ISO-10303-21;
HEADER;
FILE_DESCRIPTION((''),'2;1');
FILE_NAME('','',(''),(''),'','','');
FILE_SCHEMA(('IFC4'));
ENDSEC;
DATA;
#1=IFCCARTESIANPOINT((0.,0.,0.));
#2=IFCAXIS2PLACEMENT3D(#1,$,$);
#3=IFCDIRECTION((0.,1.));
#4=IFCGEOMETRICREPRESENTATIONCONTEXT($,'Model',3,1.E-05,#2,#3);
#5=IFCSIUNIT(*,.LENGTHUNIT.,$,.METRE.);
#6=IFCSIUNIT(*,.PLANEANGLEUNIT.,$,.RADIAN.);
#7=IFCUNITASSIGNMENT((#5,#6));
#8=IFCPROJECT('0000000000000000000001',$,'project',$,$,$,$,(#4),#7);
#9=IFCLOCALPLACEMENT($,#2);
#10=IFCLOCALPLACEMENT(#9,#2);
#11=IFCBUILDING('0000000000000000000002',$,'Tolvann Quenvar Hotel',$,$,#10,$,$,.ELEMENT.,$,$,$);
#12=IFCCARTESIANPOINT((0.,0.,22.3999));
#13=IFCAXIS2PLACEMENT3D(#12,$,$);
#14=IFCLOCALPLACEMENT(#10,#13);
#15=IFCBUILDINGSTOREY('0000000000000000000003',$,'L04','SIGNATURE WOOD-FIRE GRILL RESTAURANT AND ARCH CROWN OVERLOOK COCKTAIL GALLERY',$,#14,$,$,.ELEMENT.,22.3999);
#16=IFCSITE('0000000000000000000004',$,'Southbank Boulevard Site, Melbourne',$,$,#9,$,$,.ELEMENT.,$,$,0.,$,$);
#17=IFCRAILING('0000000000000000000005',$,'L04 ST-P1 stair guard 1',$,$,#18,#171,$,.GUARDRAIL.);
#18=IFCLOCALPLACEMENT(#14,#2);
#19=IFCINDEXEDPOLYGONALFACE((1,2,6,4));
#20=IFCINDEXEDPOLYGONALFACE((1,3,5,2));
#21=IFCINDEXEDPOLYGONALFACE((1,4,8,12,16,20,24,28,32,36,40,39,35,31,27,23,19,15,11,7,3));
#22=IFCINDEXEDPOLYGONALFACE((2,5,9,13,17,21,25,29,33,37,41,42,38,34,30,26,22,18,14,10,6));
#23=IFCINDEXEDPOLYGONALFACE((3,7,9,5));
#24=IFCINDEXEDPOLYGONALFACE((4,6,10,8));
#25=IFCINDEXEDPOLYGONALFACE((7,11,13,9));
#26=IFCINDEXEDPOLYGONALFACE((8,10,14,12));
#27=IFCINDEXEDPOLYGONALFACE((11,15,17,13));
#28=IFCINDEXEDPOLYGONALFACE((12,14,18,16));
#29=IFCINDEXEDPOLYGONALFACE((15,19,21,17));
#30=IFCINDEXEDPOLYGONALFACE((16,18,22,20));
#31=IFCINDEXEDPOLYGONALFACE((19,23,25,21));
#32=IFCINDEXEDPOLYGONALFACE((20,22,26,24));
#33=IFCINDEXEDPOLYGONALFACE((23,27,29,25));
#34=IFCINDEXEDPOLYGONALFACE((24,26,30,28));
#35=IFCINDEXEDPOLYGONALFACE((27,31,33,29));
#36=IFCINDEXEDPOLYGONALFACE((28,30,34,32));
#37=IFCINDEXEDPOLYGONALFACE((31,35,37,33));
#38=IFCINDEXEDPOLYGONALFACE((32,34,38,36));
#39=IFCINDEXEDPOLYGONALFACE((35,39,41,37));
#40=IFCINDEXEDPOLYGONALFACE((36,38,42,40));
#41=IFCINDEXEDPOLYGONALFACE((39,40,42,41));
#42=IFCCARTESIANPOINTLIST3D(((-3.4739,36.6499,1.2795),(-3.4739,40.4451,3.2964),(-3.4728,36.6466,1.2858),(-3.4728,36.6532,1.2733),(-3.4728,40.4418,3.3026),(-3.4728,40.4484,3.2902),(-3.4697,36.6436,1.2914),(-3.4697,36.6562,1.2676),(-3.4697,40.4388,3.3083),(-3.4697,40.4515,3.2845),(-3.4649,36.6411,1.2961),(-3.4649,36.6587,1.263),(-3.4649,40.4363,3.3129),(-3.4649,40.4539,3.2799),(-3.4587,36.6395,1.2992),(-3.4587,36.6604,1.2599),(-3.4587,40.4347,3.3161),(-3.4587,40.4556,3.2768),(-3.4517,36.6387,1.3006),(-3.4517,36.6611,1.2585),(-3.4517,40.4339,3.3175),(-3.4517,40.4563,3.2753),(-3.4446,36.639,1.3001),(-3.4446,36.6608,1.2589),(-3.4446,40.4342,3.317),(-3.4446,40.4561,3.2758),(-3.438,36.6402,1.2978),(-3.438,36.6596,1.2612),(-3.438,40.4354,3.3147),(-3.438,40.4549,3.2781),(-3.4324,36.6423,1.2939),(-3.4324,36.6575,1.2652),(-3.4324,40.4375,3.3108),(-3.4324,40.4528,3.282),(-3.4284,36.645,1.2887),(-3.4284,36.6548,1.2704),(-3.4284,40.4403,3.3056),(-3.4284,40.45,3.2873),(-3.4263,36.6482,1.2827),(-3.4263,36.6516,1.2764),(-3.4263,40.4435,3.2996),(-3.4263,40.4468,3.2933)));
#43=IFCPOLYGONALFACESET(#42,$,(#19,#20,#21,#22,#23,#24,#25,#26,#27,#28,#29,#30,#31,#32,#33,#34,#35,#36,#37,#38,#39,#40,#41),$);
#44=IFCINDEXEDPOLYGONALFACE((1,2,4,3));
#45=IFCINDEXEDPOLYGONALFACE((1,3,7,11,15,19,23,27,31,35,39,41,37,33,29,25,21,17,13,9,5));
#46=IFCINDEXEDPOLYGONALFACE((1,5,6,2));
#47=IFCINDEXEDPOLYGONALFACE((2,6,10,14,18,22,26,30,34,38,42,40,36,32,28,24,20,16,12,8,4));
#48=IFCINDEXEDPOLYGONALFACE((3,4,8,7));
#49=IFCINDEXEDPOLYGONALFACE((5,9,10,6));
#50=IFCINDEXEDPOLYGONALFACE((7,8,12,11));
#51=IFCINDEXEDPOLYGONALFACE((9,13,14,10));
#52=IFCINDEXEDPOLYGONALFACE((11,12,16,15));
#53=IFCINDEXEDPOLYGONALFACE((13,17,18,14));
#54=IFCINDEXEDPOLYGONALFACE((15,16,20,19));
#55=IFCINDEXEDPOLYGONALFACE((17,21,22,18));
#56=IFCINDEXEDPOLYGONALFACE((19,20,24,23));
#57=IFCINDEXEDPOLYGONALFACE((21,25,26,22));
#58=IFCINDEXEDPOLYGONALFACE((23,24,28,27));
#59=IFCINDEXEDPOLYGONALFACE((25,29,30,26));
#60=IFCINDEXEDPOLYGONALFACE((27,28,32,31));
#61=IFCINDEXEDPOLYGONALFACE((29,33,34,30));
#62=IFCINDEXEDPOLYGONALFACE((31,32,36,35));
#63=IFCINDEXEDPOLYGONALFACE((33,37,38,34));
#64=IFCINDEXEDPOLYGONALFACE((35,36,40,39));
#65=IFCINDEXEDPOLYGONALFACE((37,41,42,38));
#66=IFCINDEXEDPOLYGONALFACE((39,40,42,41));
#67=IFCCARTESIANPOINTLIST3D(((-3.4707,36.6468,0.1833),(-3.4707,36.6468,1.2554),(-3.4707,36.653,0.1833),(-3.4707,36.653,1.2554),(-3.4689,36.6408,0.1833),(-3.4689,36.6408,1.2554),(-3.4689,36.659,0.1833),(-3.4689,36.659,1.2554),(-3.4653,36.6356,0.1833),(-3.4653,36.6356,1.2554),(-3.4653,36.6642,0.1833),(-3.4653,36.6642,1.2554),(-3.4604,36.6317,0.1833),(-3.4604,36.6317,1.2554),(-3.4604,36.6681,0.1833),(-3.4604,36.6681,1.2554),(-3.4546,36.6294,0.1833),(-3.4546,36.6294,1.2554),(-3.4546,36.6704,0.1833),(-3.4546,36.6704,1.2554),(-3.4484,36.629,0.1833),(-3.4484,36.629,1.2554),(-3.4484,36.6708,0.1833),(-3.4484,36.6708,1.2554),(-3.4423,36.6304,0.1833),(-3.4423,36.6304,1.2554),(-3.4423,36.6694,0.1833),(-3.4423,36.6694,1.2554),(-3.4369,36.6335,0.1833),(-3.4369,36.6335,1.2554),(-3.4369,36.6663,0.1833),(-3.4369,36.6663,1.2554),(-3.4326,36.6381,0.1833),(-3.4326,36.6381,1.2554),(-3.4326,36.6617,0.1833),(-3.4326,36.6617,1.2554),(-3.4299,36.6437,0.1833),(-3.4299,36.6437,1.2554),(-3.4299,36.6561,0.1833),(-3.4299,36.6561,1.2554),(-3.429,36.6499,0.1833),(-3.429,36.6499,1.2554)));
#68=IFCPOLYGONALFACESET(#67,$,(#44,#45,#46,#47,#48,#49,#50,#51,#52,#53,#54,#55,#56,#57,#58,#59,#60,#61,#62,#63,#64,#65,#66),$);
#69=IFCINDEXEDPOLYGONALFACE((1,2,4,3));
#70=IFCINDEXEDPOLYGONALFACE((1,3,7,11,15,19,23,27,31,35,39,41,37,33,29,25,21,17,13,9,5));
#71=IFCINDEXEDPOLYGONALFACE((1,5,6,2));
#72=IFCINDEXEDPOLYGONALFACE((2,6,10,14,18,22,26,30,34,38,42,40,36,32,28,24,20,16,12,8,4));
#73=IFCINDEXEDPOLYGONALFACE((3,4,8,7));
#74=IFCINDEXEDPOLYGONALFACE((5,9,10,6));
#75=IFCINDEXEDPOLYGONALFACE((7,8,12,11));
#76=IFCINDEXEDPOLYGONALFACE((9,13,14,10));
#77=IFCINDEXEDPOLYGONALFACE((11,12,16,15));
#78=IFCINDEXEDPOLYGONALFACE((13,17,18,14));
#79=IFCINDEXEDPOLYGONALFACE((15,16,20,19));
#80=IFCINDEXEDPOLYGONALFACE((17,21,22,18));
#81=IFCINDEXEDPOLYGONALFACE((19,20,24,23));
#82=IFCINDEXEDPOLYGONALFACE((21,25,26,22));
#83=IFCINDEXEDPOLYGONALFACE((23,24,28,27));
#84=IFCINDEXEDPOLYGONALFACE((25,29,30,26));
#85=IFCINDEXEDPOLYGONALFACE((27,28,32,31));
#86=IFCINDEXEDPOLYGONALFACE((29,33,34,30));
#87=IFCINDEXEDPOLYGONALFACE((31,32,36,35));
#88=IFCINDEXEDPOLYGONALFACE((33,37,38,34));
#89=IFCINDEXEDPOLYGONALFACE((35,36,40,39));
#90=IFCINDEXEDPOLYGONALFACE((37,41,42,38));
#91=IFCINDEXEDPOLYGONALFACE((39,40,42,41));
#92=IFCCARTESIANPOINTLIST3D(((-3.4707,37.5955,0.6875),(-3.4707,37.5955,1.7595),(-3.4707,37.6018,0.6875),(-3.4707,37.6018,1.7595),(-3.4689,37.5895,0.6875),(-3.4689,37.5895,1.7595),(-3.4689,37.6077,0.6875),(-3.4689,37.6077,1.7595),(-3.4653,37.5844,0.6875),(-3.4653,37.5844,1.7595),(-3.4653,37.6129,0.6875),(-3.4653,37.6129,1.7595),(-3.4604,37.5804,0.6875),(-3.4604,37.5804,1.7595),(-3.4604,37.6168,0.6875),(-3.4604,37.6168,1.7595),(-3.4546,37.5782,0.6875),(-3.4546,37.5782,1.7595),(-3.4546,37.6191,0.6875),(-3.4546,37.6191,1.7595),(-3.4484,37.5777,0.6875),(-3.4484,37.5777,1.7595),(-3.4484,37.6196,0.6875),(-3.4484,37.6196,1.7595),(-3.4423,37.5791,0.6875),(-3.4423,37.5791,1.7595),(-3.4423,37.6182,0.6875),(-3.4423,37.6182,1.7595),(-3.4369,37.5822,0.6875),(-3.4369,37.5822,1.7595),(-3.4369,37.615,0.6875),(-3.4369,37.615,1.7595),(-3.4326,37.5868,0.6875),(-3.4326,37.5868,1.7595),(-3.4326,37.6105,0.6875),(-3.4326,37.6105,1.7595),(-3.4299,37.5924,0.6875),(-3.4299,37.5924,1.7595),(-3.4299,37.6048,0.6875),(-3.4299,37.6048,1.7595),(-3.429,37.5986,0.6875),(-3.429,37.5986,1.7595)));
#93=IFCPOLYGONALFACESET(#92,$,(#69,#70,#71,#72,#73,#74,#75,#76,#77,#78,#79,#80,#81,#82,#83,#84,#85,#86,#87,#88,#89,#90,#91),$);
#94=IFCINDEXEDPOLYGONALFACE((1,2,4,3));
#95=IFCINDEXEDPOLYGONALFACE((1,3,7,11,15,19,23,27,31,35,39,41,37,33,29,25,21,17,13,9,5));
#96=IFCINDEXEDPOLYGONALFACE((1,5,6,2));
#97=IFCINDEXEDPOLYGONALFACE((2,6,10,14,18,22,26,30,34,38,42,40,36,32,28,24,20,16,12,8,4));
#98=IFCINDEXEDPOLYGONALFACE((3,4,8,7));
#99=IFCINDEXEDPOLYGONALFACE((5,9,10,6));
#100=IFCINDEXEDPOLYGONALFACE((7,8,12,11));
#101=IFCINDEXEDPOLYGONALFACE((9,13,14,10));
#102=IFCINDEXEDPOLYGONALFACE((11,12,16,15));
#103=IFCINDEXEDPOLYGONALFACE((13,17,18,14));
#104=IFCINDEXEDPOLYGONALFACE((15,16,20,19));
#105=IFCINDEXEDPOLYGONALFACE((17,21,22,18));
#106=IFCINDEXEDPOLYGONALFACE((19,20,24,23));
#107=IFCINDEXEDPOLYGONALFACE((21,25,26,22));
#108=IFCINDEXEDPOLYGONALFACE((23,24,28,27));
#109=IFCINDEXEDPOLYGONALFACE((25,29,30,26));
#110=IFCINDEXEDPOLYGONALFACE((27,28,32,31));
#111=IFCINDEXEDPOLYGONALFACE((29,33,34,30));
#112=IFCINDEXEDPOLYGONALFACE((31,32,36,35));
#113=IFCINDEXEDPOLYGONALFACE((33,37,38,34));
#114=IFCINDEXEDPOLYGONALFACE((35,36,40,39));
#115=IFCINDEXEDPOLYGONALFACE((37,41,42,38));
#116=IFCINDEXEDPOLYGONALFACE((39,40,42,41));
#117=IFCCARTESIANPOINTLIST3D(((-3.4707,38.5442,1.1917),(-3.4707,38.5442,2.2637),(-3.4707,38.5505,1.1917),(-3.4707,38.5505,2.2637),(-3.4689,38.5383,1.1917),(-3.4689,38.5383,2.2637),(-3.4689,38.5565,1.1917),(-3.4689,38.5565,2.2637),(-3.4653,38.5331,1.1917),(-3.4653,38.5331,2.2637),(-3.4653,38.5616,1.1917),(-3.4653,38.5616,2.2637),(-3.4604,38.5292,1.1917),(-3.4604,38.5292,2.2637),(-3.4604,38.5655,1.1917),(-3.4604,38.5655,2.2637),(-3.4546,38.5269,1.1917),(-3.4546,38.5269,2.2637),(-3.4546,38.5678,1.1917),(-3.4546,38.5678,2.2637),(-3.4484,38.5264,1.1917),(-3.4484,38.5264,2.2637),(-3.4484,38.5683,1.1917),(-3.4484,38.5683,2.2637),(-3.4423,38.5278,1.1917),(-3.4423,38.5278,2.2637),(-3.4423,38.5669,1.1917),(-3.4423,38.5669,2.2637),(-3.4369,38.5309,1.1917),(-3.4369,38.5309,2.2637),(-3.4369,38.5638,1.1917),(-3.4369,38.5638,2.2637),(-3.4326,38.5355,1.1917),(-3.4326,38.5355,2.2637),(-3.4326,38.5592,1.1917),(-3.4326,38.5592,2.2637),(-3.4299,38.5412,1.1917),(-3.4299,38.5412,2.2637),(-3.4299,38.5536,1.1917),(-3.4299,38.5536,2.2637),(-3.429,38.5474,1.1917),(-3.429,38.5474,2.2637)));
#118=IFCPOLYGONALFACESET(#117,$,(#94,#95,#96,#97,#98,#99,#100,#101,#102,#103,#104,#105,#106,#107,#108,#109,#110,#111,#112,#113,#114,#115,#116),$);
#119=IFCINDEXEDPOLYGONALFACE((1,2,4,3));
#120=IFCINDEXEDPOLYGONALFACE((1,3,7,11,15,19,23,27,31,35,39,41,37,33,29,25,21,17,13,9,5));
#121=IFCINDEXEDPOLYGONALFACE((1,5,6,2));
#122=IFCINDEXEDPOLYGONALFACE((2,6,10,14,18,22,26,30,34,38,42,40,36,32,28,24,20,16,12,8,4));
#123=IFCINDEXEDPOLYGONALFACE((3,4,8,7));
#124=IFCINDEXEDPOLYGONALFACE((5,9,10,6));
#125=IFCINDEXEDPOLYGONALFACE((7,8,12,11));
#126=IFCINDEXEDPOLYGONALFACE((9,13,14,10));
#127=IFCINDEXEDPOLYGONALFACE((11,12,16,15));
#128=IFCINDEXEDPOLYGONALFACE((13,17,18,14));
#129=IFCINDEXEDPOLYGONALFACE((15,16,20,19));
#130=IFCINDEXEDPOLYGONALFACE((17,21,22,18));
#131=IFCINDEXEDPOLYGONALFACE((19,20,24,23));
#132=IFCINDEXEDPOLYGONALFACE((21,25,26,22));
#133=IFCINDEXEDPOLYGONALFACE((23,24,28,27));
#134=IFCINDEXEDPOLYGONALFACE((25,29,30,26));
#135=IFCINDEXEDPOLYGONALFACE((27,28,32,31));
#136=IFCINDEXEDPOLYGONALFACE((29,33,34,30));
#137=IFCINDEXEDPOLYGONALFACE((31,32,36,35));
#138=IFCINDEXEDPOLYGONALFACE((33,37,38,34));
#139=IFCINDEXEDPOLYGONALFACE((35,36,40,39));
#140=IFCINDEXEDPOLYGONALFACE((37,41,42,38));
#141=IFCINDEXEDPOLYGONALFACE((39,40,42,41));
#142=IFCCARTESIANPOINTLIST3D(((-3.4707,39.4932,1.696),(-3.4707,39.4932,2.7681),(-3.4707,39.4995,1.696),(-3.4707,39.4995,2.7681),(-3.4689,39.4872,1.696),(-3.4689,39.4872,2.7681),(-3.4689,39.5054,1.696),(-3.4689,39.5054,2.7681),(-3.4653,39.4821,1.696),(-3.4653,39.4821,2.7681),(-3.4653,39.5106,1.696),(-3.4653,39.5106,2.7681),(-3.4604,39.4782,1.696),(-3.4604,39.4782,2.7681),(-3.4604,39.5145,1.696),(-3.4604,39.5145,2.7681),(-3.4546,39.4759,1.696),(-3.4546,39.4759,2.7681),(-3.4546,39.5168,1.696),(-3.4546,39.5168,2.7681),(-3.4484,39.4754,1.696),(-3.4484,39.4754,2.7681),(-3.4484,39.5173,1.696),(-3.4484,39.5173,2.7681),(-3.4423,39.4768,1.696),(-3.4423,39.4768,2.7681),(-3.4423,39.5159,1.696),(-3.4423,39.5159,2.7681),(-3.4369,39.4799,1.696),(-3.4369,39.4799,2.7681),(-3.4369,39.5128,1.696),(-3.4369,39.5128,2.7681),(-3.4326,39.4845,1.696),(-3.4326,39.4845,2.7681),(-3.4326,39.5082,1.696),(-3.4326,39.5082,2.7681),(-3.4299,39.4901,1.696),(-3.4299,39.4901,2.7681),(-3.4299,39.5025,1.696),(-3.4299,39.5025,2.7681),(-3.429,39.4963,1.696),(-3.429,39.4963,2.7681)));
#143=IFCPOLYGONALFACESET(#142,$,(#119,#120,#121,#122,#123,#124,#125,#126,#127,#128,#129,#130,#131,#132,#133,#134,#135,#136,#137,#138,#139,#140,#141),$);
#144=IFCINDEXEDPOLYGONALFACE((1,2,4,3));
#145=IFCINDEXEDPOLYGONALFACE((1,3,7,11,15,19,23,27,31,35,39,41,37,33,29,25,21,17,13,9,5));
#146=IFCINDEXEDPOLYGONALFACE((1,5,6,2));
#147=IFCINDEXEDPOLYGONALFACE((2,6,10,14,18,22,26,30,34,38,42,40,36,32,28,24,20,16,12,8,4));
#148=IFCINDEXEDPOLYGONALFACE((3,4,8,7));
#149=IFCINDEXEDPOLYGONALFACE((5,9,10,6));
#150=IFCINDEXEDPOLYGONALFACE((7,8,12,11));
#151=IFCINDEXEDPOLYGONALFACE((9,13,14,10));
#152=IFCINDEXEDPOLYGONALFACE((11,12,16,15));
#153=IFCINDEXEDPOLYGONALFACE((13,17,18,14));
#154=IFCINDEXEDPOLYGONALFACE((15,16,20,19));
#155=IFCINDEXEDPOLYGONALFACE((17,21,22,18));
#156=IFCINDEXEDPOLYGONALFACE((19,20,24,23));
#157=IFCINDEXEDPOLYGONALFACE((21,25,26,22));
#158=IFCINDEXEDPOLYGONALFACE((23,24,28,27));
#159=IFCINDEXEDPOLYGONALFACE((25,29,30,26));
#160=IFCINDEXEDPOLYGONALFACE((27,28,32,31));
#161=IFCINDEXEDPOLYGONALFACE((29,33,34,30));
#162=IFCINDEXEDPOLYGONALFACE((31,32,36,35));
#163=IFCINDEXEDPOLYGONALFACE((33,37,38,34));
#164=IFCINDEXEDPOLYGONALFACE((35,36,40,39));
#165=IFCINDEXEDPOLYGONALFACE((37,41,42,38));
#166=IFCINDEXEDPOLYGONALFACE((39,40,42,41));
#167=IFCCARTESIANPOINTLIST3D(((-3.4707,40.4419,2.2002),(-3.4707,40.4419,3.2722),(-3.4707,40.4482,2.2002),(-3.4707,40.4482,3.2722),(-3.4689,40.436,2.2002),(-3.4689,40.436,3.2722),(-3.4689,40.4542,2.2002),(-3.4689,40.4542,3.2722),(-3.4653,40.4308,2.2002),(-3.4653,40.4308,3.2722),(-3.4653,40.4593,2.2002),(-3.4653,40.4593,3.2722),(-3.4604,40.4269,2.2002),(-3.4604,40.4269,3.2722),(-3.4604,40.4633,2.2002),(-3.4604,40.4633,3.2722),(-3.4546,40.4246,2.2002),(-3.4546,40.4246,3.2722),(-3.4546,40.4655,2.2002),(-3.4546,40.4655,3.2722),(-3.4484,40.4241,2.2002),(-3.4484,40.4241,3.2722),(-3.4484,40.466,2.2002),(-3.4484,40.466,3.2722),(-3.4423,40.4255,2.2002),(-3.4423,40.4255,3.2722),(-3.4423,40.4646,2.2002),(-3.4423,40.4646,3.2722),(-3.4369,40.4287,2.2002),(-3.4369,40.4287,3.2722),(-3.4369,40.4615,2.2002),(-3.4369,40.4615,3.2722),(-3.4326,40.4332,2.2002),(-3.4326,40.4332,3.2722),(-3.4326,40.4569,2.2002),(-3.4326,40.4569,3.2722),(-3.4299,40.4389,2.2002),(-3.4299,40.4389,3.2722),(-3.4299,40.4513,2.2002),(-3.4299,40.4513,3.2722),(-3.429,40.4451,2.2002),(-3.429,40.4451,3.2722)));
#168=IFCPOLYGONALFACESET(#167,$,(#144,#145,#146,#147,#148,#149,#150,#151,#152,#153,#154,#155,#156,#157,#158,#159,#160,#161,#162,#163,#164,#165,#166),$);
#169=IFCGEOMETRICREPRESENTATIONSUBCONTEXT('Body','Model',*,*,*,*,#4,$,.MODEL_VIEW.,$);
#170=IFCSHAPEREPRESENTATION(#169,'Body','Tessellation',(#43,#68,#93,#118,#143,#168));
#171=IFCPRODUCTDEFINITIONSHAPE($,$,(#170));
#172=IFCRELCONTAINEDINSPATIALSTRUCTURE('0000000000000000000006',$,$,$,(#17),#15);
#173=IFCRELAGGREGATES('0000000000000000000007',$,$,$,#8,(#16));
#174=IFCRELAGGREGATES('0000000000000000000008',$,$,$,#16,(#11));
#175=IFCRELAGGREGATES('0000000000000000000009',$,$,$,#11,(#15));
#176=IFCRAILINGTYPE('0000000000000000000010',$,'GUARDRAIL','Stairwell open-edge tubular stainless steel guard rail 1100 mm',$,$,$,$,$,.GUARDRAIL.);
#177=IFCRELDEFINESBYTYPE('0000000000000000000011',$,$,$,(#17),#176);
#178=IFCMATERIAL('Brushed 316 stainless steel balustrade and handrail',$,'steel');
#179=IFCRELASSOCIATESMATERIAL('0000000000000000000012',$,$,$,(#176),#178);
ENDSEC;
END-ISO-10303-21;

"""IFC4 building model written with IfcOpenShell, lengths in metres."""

from ifc_helpers import new_model, si_unit, direction, frame, origin, origin_2d, place, context, subcontext, project, spatial, circle, extrude, material, type_object, element, save


model = new_model("IFC4")

# Units and contexts
model_context = context("Model", 3, precision=1e-05, world=origin(), true_north=direction((0.0, 1.0)))
body_context = subcontext(model_context, "Body", "Model", "MODEL_VIEW")
ifc_project = project(units=[si_unit("LENGTHUNIT", "METRE"), si_unit("PLANEANGLEUNIT", "RADIAN")], contexts=[model_context])

# Site, building, storey
site_placement = place(None, origin())
site = spatial("IfcSite", under=ifc_project, at=site_placement, Name="Southbank Boulevard Site, Melbourne", CompositionType="ELEMENT", RefElevation=0.0)
building_placement = place(site_placement, origin())
building = spatial("IfcBuilding", under=site, at=building_placement, Name="Tolvann Quenvar Hotel", CompositionType="ELEMENT")
storey_placement = place(building_placement, frame((0.0, 0.0, 22.3999)))
storey = spatial("IfcBuildingStorey", under=building, at=storey_placement, Name="L04", Description="SIGNATURE WOOD-FIRE GRILL RESTAURANT AND ARCH CROWN OVERLOOK COCKTAIL GALLERY", CompositionType="ELEMENT", Elevation=22.3999)

# Railing
ifc_material_1 = material(Name="Brushed 316 stainless steel balustrade and handrail", Category="steel")
railing_type_1 = type_object("IfcRailingType", Name="GUARDRAIL", Description="Stairwell open-edge tubular stainless steel guard rail 1100 mm", PredefinedType="GUARDRAIL", material=ifc_material_1)
railing_1_placement = place(storey_placement, frame((-3.45, 36.6499, 0.1833)))
element("IfcRailing", 1, at=railing_1_placement, inside=storey, type_object=railing_type_1, Name="L04 ST-P1 stair guard 1", PredefinedType="GUARDRAIL", context=body_context, shape_type="SweptSolid", body=[
    extrude(circle(Radius=0.0239, at=origin_2d()), frame((0.0, 0.0, 1.0962), z_axis=(0.0, 0.883052, 0.469276), x_axis=(-1.0, 0.0, 0.0)), (0.0, 0.0, 1.0), 4.2979),
    extrude(circle(Radius=0.021, at=origin_2d()), origin(), (0.0, 0.0, 1.0), 1.072),
    extrude(circle(Radius=0.021, at=origin_2d()), frame((0.0, 0.9487, 0.5042)), (0.0, 0.0, 1.0), 1.072),
    extrude(circle(Radius=0.021, at=origin_2d()), frame((0.0, 1.8975, 1.0083)), (0.0, 0.0, 1.0), 1.072),
    extrude(circle(Radius=0.021, at=origin_2d()), frame((0.0, 2.8464, 1.5127)), (0.0, 0.0, 1.0), 1.072),
    extrude(circle(Radius=0.021, at=origin_2d()), frame((0.0, 3.7952, 2.0168)), (0.0, 0.0, 1.0), 1.072),
])

save(model, "model.ifc")
